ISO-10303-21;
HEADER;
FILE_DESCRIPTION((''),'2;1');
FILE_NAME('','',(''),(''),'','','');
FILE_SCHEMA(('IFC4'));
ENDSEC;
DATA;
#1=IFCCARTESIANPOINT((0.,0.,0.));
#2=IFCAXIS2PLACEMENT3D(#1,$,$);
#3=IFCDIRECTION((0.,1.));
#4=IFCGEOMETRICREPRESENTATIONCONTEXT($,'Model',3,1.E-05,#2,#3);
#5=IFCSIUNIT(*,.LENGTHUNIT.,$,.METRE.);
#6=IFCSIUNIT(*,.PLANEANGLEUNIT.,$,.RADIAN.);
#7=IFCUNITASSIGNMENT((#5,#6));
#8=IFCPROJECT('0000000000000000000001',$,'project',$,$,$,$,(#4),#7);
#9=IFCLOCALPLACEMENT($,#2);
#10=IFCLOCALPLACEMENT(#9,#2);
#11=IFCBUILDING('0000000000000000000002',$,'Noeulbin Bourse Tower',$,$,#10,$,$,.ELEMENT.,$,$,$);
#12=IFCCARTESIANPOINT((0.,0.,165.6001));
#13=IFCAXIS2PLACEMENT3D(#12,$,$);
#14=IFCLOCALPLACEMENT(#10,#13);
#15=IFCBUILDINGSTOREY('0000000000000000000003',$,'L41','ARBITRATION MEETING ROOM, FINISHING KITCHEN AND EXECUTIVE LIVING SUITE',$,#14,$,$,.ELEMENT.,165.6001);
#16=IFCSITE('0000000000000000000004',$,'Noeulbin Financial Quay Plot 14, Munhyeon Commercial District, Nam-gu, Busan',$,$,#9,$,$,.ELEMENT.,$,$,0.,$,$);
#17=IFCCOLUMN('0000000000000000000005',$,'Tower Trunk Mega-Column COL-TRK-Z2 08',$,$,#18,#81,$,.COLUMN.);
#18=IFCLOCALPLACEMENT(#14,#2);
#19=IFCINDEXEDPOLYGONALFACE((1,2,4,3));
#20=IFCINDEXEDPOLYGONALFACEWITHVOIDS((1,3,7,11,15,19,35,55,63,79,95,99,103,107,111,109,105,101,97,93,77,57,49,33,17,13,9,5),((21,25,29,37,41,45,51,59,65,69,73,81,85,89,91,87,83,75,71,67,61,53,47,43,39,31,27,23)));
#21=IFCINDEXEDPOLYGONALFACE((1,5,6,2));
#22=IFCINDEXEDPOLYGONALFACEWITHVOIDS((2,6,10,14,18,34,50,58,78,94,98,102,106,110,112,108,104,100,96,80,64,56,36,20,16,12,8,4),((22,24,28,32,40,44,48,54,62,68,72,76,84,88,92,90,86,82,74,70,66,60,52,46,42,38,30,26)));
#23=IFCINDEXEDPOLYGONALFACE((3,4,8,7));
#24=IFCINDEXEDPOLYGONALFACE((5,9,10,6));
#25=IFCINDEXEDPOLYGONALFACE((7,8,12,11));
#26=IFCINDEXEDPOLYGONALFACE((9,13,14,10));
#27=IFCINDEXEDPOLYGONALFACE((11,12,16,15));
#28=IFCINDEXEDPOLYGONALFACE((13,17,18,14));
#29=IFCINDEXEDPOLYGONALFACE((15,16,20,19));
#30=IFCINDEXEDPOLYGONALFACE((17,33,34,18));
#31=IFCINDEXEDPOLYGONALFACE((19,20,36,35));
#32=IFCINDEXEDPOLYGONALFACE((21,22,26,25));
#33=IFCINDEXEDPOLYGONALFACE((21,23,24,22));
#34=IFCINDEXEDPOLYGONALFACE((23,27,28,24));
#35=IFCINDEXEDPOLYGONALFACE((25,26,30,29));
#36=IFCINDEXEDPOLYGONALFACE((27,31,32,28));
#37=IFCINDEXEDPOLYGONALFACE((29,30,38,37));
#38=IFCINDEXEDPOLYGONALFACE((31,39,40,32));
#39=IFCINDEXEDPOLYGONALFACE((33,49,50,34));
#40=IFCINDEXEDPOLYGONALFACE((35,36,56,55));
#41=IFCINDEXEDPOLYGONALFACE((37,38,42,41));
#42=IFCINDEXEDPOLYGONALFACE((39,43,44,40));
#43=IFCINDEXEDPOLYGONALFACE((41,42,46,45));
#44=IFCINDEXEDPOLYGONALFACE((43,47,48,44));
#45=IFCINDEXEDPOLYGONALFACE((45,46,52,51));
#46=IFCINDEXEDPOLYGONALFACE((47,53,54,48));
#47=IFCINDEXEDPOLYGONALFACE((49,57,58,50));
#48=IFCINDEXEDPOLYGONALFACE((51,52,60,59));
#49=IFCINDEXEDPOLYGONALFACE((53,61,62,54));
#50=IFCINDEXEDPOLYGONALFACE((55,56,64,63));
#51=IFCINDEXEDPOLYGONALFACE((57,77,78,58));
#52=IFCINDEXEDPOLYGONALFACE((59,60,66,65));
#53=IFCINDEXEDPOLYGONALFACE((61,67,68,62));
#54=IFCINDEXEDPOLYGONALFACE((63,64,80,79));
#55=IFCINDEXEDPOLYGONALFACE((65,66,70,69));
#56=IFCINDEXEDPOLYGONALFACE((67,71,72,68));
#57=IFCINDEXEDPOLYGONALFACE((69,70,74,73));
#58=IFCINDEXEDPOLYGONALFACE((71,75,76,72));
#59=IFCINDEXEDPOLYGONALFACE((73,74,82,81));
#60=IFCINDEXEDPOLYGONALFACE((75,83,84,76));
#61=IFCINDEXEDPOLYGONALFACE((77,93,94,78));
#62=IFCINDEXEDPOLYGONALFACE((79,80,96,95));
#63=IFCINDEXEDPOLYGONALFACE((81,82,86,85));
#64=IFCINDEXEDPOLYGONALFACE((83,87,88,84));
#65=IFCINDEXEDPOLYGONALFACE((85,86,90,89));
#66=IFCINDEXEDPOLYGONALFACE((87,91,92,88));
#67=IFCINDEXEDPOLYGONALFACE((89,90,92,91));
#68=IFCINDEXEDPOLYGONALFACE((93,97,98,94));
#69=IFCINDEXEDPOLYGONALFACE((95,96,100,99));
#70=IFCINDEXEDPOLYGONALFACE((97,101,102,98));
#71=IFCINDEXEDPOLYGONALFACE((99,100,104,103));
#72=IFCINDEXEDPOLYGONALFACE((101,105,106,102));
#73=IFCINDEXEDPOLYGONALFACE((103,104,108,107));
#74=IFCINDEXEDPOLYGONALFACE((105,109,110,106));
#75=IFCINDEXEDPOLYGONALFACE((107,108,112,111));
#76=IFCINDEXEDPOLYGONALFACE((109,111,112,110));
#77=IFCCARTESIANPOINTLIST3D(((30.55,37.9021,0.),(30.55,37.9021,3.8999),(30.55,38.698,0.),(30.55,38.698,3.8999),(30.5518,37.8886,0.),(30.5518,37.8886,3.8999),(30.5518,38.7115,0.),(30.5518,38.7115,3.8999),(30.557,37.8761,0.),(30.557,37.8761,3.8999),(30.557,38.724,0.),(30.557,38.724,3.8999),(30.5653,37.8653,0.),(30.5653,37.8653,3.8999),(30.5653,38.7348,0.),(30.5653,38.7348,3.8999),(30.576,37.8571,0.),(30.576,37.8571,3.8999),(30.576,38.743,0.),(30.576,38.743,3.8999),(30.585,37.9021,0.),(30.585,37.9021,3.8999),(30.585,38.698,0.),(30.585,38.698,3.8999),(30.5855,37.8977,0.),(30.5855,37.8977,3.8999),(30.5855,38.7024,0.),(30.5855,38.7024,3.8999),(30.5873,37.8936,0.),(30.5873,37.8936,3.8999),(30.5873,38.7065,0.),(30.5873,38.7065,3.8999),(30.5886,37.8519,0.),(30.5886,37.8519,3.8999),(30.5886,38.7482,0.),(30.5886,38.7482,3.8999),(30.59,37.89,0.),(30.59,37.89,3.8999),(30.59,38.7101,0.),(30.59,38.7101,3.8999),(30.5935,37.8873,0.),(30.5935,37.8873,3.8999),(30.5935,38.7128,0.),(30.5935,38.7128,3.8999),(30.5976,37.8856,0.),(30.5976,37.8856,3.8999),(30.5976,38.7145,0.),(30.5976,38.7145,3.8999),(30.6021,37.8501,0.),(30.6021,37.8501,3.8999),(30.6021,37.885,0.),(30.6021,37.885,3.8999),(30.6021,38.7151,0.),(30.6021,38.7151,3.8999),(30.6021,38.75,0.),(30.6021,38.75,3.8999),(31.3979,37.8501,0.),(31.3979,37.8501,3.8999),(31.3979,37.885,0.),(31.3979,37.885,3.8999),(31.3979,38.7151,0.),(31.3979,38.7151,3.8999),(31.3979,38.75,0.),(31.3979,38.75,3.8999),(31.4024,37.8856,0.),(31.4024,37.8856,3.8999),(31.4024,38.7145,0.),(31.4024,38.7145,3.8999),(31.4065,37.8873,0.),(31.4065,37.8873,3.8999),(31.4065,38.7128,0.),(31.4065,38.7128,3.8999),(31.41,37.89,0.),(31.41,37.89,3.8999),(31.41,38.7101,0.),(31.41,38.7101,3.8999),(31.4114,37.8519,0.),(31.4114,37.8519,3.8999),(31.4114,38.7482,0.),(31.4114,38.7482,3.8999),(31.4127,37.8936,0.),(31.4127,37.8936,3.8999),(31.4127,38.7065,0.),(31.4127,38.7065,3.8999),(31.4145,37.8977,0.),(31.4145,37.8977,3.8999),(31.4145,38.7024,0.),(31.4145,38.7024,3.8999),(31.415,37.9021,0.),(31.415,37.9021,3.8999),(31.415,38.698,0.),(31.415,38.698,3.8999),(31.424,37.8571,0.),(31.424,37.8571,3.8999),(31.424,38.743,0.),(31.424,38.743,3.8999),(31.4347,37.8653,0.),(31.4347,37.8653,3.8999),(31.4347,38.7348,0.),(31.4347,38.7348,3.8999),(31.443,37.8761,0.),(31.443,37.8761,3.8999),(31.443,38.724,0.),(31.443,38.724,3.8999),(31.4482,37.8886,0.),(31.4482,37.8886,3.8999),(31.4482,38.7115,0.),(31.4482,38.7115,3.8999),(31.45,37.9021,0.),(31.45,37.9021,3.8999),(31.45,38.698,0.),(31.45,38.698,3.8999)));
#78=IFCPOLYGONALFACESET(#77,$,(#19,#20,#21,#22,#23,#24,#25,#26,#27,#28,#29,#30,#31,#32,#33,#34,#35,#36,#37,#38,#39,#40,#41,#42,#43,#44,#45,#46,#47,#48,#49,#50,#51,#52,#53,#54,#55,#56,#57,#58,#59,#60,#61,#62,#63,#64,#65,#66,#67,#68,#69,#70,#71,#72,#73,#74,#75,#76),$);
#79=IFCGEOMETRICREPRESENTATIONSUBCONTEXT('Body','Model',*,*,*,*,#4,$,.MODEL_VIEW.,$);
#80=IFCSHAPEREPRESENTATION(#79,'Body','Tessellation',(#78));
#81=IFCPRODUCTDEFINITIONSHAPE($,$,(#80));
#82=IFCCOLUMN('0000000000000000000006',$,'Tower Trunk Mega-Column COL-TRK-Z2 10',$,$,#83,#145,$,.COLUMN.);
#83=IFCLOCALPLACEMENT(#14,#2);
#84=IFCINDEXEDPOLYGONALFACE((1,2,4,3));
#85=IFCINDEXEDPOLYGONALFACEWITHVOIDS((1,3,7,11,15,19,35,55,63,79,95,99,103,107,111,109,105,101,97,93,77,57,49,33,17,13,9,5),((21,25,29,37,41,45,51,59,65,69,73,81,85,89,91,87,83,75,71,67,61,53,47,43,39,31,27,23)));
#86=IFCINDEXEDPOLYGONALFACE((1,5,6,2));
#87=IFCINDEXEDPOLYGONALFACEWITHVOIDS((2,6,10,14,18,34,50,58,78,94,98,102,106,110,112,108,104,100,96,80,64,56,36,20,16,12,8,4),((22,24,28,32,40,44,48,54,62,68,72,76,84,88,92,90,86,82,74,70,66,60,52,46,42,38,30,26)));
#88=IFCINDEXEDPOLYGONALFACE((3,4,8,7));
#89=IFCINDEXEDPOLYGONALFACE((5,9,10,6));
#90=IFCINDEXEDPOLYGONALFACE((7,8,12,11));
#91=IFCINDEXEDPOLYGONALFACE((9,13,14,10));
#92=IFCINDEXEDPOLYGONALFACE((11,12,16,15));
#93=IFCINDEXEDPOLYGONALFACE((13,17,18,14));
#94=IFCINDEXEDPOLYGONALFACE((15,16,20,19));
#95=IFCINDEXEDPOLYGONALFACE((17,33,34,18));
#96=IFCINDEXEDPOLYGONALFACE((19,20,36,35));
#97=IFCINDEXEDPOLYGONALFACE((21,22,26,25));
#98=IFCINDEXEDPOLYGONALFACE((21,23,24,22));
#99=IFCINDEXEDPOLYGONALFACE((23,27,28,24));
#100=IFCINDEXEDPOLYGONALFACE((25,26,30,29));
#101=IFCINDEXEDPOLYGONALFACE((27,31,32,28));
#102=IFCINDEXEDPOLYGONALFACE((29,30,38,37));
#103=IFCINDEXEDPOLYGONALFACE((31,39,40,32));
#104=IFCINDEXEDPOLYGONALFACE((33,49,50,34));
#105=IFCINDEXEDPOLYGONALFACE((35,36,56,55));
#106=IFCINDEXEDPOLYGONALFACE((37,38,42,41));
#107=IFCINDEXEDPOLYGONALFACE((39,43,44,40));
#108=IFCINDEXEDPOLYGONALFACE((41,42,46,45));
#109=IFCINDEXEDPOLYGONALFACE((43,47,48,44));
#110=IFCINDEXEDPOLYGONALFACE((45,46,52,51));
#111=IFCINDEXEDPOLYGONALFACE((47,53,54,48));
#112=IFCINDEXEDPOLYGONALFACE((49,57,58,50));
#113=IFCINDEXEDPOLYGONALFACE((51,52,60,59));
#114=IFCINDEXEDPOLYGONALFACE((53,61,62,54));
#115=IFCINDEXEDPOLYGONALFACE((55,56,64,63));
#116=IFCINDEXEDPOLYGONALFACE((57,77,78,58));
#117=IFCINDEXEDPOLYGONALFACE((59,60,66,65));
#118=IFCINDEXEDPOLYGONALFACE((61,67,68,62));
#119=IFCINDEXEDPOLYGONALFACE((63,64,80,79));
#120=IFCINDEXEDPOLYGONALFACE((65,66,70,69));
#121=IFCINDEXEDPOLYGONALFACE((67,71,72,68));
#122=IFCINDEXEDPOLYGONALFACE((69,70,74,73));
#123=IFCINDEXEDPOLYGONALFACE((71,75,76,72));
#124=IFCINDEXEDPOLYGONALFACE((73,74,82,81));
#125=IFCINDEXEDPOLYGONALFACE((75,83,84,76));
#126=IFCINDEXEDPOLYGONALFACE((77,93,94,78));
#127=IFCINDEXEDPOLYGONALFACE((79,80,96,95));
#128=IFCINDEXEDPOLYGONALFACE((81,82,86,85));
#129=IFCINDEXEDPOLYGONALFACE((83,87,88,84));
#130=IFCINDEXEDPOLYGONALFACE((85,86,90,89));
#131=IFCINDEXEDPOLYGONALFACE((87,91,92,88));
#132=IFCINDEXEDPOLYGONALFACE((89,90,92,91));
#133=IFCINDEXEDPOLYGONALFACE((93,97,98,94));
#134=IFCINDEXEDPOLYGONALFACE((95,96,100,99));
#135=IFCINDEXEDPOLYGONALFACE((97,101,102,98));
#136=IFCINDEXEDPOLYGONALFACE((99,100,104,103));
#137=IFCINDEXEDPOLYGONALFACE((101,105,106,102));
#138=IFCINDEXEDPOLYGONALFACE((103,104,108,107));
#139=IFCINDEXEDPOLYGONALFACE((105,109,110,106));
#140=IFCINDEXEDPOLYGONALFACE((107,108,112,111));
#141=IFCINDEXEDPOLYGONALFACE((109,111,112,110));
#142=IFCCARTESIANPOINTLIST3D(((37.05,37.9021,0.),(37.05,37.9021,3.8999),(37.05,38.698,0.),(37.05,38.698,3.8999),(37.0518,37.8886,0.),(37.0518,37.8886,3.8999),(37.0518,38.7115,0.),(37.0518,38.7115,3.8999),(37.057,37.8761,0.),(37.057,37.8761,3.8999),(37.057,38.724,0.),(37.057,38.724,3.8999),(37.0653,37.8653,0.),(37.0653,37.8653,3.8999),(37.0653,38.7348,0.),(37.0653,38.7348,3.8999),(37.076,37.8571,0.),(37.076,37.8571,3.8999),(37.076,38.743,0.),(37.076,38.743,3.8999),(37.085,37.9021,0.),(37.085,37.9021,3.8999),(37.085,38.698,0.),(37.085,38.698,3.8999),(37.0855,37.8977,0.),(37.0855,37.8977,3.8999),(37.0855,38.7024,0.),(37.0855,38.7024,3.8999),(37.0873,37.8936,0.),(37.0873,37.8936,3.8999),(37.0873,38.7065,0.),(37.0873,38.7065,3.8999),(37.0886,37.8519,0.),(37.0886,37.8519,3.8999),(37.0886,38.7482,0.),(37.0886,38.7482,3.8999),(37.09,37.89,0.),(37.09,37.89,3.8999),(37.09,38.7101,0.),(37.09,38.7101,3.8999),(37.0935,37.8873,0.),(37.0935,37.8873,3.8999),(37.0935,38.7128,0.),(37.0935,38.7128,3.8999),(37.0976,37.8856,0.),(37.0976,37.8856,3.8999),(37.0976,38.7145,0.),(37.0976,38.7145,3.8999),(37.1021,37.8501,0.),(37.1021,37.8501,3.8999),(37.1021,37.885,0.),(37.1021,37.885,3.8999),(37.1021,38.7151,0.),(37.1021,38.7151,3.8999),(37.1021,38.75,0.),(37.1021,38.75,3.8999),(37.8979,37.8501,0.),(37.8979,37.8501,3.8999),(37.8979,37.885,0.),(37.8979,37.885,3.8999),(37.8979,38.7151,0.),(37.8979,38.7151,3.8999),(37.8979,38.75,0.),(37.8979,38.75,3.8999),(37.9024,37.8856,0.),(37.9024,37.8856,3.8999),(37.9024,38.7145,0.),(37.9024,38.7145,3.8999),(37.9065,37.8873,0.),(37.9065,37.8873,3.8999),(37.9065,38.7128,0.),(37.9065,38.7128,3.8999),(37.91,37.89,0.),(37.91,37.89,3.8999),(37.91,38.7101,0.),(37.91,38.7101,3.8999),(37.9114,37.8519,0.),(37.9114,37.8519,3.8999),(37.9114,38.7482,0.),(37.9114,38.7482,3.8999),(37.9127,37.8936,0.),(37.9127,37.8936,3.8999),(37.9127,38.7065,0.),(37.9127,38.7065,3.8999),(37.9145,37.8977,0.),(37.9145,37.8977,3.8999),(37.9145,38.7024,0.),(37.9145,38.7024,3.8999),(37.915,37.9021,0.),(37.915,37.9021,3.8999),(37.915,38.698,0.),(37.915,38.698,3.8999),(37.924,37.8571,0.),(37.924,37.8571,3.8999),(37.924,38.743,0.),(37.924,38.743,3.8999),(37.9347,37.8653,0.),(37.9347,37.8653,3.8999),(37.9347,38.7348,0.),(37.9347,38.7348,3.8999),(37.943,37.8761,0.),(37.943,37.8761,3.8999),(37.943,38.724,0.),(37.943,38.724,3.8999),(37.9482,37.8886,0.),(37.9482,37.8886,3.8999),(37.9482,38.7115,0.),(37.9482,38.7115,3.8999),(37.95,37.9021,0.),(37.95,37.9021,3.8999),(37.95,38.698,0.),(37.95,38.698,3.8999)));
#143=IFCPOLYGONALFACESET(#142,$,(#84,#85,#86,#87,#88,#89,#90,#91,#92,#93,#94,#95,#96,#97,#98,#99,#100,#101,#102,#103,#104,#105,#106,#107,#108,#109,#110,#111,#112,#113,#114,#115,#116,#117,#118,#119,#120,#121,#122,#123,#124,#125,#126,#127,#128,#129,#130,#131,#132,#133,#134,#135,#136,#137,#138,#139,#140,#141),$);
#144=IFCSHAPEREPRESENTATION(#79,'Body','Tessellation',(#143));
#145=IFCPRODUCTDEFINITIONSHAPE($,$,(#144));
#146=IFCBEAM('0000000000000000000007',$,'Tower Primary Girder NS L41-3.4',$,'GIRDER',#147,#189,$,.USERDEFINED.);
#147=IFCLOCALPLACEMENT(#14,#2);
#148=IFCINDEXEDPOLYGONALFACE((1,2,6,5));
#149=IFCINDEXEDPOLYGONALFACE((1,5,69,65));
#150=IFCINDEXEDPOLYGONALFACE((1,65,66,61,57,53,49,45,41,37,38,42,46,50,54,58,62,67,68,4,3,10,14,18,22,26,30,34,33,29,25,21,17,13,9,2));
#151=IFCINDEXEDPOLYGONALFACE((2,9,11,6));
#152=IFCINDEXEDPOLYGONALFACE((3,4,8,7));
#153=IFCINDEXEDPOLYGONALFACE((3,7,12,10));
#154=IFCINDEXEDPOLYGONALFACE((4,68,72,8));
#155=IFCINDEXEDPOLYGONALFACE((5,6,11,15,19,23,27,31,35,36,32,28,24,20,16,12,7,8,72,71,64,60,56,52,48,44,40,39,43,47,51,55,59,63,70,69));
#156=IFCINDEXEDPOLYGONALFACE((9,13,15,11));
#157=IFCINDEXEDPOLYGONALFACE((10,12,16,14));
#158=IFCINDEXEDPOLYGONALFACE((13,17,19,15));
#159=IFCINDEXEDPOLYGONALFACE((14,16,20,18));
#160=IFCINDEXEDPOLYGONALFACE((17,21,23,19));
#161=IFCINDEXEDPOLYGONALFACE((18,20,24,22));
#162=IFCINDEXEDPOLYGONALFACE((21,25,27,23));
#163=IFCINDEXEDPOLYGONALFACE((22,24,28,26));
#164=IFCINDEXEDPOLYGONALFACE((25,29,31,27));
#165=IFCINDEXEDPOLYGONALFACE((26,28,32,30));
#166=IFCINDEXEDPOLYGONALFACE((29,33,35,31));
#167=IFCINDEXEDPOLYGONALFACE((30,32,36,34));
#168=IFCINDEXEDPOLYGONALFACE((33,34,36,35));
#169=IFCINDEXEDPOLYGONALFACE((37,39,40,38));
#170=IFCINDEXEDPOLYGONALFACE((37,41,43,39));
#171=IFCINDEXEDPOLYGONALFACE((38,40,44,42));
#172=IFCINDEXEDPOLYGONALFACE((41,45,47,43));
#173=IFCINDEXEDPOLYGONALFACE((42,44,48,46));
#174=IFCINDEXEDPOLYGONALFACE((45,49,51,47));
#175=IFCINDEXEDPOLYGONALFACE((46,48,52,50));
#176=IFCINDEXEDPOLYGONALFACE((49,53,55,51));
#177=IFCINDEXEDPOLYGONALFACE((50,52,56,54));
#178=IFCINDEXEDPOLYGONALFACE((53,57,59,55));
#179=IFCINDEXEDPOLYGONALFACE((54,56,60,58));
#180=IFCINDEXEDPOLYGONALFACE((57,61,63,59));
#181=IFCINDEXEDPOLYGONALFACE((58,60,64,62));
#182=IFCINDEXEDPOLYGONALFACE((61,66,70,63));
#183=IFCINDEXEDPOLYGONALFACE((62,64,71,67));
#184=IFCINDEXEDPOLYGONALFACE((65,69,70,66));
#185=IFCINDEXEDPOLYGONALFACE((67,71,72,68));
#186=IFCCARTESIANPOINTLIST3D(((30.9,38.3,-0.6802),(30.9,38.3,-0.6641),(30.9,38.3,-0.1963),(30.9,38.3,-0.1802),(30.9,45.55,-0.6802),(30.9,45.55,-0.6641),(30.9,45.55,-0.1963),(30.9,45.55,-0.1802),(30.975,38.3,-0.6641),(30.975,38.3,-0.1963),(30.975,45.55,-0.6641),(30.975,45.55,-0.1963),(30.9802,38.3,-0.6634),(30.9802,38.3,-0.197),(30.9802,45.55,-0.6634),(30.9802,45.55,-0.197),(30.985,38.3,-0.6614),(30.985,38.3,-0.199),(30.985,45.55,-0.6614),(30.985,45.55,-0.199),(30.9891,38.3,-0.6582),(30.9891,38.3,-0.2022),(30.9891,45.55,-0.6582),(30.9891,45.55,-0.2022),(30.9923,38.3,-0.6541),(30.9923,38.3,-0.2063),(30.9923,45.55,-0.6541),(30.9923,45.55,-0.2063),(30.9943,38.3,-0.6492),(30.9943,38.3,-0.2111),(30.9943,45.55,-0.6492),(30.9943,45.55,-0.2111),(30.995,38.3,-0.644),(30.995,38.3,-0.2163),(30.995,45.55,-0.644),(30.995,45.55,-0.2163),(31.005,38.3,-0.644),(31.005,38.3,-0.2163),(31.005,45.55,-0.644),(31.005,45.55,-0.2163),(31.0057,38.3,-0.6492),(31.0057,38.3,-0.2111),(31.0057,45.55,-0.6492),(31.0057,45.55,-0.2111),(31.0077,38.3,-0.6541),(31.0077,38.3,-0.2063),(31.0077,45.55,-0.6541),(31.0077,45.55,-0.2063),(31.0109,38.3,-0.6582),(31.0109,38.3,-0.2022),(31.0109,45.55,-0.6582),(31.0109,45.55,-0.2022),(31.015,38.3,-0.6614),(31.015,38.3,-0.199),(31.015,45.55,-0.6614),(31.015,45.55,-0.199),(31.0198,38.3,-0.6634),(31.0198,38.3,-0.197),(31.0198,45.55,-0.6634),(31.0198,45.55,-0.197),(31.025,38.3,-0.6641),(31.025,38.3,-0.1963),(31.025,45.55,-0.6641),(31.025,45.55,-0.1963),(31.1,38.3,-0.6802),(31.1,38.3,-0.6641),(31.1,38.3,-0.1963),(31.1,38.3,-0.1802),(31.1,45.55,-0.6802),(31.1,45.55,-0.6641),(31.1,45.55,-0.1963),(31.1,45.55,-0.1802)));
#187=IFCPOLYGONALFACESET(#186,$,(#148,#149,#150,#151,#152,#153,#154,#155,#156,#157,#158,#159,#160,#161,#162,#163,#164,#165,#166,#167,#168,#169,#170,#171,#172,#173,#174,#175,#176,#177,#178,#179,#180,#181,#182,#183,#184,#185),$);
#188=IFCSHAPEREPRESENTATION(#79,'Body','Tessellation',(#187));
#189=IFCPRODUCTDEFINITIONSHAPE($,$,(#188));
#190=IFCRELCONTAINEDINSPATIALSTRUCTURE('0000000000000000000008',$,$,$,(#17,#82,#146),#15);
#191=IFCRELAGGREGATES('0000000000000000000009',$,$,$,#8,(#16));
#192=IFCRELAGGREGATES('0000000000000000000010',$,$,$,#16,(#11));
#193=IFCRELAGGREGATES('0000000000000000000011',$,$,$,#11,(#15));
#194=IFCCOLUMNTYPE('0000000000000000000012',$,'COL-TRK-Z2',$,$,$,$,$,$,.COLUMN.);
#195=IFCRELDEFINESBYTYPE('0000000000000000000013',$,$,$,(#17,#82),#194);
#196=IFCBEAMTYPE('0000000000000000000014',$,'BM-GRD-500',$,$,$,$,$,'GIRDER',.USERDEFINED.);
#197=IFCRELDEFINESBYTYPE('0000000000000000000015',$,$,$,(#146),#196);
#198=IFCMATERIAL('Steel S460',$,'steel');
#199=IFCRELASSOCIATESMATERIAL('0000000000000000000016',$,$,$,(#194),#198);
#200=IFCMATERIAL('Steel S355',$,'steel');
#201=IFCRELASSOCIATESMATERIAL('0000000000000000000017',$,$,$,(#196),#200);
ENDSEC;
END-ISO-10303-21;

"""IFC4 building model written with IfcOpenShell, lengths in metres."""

from ifc_helpers import new_model, si_unit, direction, frame, origin, origin_2d, place, context, subcontext, project, spatial, hollow_rectangle, i_section, extrude, material, material_profile, profile_set, type_object, element, save


model = new_model("IFC4")

# Units and contexts
model_context = context("Model", 3, precision=1e-05, world=origin(), true_north=direction((0.0, 1.0)))
body_context = subcontext(model_context, "Body", "Model", "MODEL_VIEW")
ifc_project = project(units=[si_unit("LENGTHUNIT", "METRE"), si_unit("PLANEANGLEUNIT", "RADIAN")], contexts=[model_context])

# Site, building, storey
site_placement = place(None, origin())
site = spatial("IfcSite", under=ifc_project, at=site_placement, Name="Noeulbin Financial Quay Plot 14, Munhyeon Commercial District, Nam-gu, Busan", CompositionType="ELEMENT", RefElevation=0.0)
building_placement = place(site_placement, origin())
building = spatial("IfcBuilding", under=site, at=building_placement, Name="Noeulbin Bourse Tower", CompositionType="ELEMENT")
storey_placement = place(building_placement, frame((0.0, 0.0, 165.6001)))
storey = spatial("IfcBuildingStorey", under=building, at=storey_placement, Name="L41", Description="ARBITRATION MEETING ROOM, FINISHING KITCHEN AND EXECUTIVE LIVING SUITE", CompositionType="ELEMENT", Elevation=165.6001)

# Columns
ifc_material_1 = material(Name="Steel S460", Category="steel")
ifc_material_profile_1 = material_profile(ifc_material_1, hollow_rectangle(XDim=0.8999, YDim=0.8999, WallThickness=0.0349, InnerFilletRadius=0.0171, OuterFilletRadius=0.052, at=origin_2d()), Name="BOX-900x900x35", Category="LoadBearing")
ifc_profile_set_1 = profile_set([ifc_material_profile_1], Name="Steel S460")
column_type = type_object("IfcColumnType", Name="COL-TRK-Z2", PredefinedType="COLUMN", material=ifc_profile_set_1)
for number, where, z_axis, x_axis, name in (
    (1, (31.0, 38.3, 0.0), (0.0, 0.0, 1.0), (1.0, 0.0, 0.0), "Tower Trunk Mega-Column COL-TRK-Z2 08"),
    (2, (37.5, 38.3, 0.0), (0.0, 0.0, 1.0), (1.0, 0.0, 0.0), "Tower Trunk Mega-Column COL-TRK-Z2 10"),
):
    element("IfcColumn", number, at=place(storey_placement, frame(where, z_axis=z_axis, x_axis=x_axis)), inside=storey, type_object=column_type, Name=name, PredefinedType="COLUMN", context=body_context, shape_type="SweptSolid", body=[
        extrude(hollow_rectangle(XDim=0.8999, YDim=0.8999, WallThickness=0.0349, InnerFilletRadius=0.0171, OuterFilletRadius=0.052, at=origin_2d()), origin(), (0.0, 0.0, 1.0), 3.8999),
    ])

# Beam
ifc_material_2 = material(Name="Steel S355", Category="steel")
ifc_material_profile_2 = material_profile(ifc_material_2, i_section(OverallWidth=0.2, OverallDepth=0.5, WebThickness=0.01, FlangeThickness=0.0161, FilletRadius=0.02, at=origin_2d()), Name="H-500x200x10x16", Category="LoadBearing")
ifc_profile_set_2 = profile_set([ifc_material_profile_2], Name="Steel S355")
beam_type_1 = type_object("IfcBeamType", Name="BM-GRD-500", ElementType="GIRDER", PredefinedType="USERDEFINED", material=ifc_profile_set_2)
for number, where, z_axis, x_axis, name in (
    (3, (31.0, 38.3, -0.4302), (0.0, 1.0, 0.0), (-1.0, 0.0, 0.0), "Tower Primary Girder NS L41-3.4"),
):
    element("IfcBeam", number, at=place(storey_placement, frame(where, z_axis=z_axis, x_axis=x_axis)), inside=storey, type_object=beam_type_1, Name=name, ObjectType="GIRDER", PredefinedType="USERDEFINED", context=body_context, shape_type="SweptSolid", body=[
        extrude(i_section(OverallWidth=0.2, OverallDepth=0.5, WebThickness=0.01, FlangeThickness=0.0161, FilletRadius=0.02, at=origin_2d()), origin(), (0.0, 0.0, 1.0), 7.25),
    ])

save(model, "model.ifc")
